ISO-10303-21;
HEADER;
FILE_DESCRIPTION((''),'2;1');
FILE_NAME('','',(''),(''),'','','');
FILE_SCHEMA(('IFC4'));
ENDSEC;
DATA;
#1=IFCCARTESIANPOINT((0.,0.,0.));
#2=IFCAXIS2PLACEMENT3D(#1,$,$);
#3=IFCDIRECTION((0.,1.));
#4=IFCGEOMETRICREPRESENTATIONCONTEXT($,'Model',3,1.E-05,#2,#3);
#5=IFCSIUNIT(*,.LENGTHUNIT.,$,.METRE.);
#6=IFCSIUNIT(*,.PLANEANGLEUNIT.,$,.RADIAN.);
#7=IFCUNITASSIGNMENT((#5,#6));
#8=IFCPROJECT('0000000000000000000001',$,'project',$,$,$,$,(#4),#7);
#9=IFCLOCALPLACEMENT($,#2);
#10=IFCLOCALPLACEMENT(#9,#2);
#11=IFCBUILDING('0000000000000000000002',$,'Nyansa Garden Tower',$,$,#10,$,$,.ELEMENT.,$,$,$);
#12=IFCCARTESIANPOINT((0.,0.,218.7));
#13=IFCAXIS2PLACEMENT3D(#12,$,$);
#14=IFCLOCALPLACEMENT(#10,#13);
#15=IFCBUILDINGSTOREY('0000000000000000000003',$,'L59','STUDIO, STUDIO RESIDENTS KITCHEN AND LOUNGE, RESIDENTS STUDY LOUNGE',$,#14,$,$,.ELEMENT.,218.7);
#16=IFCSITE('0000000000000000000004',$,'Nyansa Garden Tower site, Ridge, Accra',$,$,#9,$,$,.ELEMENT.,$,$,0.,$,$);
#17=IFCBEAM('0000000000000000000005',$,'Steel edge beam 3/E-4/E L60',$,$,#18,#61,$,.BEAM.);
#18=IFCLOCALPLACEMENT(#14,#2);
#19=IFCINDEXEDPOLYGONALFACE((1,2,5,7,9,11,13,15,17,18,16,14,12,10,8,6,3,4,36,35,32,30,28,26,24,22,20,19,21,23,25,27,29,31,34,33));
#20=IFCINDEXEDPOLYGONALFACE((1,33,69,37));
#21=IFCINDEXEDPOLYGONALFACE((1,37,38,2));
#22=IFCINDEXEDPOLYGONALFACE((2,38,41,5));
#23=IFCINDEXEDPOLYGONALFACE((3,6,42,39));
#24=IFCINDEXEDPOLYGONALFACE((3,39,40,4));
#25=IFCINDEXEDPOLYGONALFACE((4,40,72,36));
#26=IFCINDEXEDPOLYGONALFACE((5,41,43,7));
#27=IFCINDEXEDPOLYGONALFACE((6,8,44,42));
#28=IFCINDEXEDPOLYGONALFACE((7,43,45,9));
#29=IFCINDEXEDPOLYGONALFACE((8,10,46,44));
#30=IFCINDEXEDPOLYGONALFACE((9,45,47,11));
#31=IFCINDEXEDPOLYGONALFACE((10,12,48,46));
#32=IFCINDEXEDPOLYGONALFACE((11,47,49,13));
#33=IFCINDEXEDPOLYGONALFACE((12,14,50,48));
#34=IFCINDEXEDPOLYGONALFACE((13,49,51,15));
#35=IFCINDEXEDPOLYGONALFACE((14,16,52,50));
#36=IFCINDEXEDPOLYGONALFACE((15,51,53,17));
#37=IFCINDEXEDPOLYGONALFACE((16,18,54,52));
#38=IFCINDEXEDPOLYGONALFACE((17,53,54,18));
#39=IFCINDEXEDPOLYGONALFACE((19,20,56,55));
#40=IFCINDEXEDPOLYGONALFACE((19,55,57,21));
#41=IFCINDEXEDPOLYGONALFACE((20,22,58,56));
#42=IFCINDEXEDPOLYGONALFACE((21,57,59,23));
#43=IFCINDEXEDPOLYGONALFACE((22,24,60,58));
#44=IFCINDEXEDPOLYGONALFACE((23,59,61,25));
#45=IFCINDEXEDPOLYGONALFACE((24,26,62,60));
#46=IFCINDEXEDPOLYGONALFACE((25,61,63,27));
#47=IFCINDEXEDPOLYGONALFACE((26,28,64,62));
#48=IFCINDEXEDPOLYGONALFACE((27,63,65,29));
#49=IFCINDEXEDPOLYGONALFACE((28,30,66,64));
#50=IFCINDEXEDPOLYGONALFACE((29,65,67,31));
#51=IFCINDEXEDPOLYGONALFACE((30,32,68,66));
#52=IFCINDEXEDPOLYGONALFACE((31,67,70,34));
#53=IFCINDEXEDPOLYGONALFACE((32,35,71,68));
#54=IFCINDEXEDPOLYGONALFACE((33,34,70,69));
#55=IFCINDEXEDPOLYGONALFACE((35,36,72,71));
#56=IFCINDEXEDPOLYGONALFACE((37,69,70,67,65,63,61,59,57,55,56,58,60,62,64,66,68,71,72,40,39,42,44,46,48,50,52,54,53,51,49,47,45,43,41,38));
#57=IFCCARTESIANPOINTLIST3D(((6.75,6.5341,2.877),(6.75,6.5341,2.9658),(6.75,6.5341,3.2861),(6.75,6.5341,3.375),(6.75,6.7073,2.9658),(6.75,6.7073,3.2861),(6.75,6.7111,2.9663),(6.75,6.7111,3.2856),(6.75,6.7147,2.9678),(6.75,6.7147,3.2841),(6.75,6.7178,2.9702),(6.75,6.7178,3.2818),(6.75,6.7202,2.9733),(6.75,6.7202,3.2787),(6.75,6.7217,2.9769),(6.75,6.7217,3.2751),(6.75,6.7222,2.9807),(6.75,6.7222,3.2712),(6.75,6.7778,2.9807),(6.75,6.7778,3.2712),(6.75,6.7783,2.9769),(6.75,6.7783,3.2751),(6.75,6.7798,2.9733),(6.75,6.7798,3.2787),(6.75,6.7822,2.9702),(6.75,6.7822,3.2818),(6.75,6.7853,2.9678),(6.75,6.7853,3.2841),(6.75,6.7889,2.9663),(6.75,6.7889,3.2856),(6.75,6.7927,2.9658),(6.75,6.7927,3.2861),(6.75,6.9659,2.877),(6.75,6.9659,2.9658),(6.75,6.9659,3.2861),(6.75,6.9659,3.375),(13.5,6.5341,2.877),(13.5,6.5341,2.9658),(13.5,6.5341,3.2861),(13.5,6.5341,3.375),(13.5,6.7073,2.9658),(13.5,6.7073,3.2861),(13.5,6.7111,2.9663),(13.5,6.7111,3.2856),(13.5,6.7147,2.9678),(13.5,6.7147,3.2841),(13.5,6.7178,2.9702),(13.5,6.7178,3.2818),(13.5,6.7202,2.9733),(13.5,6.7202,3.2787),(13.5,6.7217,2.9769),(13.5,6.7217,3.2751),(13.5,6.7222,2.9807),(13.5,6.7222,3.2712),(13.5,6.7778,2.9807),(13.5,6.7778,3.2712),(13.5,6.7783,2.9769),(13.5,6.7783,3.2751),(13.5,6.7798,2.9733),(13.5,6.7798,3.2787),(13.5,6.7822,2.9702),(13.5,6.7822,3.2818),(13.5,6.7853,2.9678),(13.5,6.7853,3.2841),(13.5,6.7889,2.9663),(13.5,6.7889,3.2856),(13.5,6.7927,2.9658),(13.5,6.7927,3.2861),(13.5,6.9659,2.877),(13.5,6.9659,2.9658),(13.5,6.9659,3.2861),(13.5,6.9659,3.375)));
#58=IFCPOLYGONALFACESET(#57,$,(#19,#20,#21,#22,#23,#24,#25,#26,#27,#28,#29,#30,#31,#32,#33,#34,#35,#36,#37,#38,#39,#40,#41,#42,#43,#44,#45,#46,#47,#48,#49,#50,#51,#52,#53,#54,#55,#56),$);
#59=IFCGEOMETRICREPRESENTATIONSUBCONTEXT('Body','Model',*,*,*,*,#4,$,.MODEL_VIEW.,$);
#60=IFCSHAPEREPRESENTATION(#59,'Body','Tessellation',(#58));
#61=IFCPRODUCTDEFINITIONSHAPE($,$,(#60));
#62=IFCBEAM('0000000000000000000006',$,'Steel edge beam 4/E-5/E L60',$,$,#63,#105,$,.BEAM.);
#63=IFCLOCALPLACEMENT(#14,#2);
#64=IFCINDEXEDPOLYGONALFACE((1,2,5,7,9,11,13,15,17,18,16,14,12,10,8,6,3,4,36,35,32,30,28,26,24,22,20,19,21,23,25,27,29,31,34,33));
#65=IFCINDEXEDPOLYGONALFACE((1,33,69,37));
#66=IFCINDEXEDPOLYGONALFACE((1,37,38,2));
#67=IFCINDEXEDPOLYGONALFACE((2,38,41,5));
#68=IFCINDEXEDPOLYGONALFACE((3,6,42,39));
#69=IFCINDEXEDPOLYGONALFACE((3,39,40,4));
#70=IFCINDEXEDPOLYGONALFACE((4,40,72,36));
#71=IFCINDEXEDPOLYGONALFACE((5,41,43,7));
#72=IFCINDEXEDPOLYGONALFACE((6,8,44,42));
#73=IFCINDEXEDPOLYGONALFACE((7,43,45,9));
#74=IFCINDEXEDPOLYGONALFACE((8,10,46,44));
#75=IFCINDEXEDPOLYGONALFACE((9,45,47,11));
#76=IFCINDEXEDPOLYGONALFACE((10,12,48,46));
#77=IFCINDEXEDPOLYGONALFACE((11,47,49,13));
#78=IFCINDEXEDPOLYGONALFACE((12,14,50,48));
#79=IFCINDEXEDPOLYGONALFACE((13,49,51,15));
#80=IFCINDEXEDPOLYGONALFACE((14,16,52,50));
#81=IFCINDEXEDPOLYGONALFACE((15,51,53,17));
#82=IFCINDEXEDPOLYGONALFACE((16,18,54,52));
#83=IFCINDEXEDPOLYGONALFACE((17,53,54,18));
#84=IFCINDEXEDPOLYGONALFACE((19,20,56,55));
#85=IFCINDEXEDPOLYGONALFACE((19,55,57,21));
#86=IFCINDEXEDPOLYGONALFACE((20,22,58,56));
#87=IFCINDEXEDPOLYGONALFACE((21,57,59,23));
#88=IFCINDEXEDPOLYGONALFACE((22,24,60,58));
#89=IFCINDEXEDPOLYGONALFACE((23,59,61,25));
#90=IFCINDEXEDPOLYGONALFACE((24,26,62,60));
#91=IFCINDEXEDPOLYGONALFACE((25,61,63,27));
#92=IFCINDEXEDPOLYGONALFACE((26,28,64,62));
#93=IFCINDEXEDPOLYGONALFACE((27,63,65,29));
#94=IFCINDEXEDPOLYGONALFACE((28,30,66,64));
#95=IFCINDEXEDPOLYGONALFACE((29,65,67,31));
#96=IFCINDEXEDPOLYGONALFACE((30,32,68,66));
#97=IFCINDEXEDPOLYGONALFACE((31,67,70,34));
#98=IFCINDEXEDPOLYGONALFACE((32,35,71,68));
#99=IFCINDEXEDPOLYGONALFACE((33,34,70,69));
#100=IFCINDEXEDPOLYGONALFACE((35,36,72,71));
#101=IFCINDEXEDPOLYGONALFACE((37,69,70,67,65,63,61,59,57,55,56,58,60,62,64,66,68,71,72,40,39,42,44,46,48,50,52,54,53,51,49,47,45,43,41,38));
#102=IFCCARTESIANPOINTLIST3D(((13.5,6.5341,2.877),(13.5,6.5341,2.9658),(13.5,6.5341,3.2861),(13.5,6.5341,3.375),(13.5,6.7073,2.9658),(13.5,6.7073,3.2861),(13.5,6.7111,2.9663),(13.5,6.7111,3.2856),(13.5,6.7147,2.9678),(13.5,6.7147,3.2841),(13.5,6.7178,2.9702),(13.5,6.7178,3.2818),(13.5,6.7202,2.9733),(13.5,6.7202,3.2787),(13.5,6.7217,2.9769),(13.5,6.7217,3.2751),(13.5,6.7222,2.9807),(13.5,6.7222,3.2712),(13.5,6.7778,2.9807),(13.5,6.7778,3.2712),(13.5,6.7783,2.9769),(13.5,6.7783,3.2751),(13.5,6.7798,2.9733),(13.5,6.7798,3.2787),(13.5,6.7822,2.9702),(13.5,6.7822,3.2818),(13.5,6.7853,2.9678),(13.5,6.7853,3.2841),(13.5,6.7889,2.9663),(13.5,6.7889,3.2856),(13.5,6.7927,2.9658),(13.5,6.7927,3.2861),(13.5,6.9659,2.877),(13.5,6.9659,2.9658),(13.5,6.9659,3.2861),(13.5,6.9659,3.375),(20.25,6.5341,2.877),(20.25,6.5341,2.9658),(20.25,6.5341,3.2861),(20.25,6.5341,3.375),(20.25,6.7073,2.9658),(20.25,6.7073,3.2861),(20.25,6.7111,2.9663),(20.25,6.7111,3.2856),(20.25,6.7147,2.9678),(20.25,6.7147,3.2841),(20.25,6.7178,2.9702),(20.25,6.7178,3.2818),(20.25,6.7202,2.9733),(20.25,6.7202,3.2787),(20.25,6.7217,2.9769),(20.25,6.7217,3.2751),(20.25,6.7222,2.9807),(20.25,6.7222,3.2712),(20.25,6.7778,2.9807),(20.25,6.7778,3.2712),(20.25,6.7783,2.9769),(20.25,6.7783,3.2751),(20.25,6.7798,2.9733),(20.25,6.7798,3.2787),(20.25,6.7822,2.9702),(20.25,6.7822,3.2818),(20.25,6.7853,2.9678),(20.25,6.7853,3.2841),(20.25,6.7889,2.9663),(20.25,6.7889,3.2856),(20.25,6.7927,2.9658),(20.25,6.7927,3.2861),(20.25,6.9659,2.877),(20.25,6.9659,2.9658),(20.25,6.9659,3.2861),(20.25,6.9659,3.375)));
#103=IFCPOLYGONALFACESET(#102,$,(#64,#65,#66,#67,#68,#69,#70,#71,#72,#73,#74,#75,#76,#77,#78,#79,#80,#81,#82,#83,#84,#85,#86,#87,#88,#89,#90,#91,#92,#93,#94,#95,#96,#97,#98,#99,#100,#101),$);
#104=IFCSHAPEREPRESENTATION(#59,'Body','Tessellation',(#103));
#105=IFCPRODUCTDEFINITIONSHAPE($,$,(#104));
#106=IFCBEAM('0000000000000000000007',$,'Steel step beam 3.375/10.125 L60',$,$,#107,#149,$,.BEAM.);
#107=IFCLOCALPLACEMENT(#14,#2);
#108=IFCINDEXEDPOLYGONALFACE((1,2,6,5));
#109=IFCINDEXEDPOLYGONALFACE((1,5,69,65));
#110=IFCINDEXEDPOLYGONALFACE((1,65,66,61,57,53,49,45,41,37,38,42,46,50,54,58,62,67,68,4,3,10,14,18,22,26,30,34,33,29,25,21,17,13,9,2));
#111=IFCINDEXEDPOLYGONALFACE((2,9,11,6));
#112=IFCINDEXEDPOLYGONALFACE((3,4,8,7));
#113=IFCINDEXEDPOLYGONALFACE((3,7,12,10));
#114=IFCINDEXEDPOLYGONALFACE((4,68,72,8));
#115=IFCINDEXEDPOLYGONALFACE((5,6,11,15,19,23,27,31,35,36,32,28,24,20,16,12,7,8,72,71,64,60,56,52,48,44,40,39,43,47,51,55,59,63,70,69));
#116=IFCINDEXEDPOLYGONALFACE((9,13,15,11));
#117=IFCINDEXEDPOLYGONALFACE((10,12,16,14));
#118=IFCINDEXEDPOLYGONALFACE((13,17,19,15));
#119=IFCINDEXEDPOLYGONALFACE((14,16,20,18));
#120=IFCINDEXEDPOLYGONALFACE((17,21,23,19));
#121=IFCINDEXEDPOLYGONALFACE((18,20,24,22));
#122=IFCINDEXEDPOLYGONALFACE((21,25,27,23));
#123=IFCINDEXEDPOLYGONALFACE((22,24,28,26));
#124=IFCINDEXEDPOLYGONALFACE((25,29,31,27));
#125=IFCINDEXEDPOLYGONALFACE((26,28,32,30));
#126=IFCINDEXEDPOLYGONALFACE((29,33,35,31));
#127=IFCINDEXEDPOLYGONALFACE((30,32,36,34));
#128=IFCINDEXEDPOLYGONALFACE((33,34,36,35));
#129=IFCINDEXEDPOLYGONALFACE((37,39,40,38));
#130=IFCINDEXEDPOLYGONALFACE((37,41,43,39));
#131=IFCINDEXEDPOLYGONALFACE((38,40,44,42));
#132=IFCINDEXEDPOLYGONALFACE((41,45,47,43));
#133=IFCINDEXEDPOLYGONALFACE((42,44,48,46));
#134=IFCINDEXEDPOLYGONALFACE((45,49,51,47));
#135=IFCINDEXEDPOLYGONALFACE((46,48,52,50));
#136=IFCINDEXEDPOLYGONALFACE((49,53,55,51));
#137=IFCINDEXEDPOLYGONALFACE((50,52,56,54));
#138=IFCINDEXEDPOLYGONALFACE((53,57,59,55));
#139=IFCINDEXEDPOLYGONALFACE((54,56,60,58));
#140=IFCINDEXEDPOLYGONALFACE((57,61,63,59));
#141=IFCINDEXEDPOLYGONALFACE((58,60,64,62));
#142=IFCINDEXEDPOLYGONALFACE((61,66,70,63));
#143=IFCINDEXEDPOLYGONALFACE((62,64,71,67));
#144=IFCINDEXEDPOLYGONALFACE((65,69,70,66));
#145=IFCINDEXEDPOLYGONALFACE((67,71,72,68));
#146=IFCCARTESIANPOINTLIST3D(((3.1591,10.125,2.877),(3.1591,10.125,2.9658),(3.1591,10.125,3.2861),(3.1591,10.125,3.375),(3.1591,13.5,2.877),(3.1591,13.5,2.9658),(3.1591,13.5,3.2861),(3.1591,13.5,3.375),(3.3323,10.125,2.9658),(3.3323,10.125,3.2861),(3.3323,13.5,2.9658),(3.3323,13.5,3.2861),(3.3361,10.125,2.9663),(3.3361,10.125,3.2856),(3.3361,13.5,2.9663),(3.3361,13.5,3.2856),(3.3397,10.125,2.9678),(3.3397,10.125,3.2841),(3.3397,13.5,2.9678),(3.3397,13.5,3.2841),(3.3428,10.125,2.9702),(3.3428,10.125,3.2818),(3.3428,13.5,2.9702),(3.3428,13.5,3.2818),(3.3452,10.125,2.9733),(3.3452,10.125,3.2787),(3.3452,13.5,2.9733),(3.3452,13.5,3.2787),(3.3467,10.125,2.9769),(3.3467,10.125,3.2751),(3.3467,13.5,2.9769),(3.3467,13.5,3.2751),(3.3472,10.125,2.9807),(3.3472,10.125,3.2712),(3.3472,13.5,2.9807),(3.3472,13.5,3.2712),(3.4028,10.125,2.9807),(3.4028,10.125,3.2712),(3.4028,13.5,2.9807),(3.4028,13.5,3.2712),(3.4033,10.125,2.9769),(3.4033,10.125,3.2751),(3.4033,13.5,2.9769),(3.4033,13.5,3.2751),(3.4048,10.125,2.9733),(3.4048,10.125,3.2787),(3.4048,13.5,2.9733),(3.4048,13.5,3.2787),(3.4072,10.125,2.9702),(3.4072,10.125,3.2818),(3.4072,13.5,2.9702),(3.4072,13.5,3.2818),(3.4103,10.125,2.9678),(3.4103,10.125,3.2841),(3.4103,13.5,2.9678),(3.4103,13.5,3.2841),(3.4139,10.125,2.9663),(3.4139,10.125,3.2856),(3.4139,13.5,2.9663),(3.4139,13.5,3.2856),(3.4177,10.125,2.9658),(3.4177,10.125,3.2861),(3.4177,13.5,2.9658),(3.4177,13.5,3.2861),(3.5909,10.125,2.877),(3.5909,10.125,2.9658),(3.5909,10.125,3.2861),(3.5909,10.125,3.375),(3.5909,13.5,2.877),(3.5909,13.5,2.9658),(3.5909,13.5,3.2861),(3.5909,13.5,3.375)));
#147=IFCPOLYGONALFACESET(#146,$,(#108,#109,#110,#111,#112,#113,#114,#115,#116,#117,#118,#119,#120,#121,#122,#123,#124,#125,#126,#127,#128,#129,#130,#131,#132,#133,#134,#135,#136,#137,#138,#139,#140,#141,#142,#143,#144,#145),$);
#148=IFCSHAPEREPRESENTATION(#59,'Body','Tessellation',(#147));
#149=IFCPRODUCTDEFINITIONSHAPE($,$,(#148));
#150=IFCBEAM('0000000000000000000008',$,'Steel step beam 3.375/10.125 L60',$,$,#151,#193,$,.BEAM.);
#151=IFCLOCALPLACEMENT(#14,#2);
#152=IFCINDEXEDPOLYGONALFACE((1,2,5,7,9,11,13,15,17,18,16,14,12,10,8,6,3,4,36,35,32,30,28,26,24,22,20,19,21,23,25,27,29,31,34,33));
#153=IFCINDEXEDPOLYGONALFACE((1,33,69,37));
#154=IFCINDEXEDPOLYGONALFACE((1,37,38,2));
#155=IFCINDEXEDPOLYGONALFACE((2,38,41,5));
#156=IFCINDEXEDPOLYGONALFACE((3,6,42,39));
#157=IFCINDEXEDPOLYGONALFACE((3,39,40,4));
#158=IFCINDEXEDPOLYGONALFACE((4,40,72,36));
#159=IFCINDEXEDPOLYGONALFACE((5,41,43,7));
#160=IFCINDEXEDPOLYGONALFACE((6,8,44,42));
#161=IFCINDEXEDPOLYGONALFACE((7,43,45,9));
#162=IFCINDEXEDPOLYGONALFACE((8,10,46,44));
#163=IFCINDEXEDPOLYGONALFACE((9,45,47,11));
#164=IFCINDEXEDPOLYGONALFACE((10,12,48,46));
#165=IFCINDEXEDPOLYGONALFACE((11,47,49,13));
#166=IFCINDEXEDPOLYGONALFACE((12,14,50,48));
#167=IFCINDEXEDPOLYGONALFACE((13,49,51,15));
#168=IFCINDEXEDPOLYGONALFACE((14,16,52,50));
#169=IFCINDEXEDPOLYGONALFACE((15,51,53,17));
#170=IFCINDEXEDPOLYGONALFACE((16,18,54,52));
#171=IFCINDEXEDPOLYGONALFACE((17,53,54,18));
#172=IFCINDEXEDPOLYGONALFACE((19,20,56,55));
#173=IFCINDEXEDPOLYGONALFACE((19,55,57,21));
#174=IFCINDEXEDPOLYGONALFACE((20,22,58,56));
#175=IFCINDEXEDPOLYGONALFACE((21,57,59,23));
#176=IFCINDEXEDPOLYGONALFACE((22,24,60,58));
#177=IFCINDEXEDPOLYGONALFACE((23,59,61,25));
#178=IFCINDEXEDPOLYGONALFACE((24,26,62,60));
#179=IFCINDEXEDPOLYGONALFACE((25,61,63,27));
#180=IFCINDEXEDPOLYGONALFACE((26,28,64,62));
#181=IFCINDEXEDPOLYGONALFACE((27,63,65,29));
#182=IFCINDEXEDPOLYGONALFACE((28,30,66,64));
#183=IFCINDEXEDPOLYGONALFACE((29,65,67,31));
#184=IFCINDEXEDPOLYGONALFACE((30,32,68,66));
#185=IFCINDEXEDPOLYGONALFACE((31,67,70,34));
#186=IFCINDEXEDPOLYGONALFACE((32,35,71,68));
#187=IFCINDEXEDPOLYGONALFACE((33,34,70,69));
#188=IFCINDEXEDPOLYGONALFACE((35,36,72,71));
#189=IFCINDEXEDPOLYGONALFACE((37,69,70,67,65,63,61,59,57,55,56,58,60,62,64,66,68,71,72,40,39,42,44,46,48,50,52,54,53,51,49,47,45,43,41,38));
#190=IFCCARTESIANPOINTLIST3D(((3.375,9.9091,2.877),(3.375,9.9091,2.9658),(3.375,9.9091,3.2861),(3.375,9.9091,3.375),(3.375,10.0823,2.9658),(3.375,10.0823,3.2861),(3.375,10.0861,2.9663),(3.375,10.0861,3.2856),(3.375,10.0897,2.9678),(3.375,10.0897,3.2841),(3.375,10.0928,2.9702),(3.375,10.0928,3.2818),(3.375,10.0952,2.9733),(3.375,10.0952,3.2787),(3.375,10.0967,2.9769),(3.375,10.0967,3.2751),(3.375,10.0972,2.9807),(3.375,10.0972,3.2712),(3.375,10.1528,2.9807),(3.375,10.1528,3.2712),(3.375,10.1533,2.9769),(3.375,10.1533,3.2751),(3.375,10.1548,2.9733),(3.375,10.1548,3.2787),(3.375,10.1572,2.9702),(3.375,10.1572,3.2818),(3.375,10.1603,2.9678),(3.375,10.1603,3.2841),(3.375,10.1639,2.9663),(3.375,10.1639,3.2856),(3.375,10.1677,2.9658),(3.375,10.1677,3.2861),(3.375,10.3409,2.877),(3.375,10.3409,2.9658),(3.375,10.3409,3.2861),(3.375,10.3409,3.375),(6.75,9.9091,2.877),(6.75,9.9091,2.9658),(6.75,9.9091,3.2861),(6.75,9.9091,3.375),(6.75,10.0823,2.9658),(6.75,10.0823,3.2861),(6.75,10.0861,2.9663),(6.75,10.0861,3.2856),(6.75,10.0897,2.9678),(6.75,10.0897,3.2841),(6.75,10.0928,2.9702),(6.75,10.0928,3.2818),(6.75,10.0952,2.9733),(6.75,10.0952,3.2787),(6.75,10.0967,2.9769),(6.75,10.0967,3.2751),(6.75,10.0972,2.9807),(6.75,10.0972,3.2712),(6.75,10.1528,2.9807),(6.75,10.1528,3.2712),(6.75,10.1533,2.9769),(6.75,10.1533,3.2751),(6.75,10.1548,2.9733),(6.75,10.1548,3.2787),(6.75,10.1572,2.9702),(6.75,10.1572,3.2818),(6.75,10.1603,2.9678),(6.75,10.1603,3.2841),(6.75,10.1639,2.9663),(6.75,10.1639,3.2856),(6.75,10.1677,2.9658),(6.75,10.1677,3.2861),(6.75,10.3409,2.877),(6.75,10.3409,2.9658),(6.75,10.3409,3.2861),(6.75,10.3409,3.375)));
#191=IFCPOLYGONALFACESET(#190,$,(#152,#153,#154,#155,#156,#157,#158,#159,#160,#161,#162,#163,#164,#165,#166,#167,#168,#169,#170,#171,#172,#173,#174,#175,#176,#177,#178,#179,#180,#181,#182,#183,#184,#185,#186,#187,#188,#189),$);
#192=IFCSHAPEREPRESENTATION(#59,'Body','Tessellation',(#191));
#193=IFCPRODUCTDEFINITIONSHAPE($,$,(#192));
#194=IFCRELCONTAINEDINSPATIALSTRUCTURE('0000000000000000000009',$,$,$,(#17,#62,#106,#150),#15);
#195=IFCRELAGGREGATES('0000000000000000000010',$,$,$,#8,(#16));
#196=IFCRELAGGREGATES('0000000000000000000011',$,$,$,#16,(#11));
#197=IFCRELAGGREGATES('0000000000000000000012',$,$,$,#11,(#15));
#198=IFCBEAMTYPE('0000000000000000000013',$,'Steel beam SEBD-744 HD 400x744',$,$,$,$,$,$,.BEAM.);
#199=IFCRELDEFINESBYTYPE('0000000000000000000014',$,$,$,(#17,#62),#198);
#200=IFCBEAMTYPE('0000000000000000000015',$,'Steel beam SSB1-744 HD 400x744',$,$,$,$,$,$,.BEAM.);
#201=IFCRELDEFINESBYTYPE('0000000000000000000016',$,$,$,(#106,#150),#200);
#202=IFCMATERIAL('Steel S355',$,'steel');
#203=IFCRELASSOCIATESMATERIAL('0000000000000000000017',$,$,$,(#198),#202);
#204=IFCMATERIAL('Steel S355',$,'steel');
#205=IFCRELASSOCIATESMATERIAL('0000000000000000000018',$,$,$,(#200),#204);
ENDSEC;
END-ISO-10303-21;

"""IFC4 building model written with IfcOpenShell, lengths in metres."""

from ifc_helpers import new_model, si_unit, direction, frame, origin, origin_2d, place, context, subcontext, project, spatial, i_section, extrude, material, material_profile, profile_set, type_object, element, save


model = new_model("IFC4")

# Units and contexts
model_context = context("Model", 3, precision=1e-05, world=origin(), true_north=direction((0.0, 1.0)))
body_context = subcontext(model_context, "Body", "Model", "MODEL_VIEW")
ifc_project = project(units=[si_unit("LENGTHUNIT", "METRE"), si_unit("PLANEANGLEUNIT", "RADIAN")], contexts=[model_context])

# Site, building, storey
site_placement = place(None, origin())
site = spatial("IfcSite", under=ifc_project, at=site_placement, Name="Nyansa Garden Tower site, Ridge, Accra", CompositionType="ELEMENT", RefElevation=0.0)
building_placement = place(site_placement, origin())
building = spatial("IfcBuilding", under=site, at=building_placement, Name="Nyansa Garden Tower", CompositionType="ELEMENT")
storey_placement = place(building_placement, frame((0.0, 0.0, 218.7)))
storey = spatial("IfcBuildingStorey", under=building, at=storey_placement, Name="L59", Description="STUDIO, STUDIO RESIDENTS KITCHEN AND LOUNGE, RESIDENTS STUDY LOUNGE", CompositionType="ELEMENT", Elevation=218.7)

# Beams
ifc_material_1 = material(Name="Steel S355", Category="steel")
ifc_material_profile_1 = material_profile(ifc_material_1, i_section(OverallWidth=0.4319, OverallDepth=0.498, WebThickness=0.0557, FlangeThickness=0.0889, FilletRadius=0.0149, at=origin_2d()), Name="HD 400x744")
ifc_profile_set_1 = profile_set([ifc_material_profile_1], Name="Steel S355")
beam_type_1 = type_object("IfcBeamType", Name="Steel beam SEBD-744 HD 400x744", PredefinedType="BEAM", material=ifc_profile_set_1)
for number, where, z_axis, x_axis, name in (
    (1, (6.75, 6.75, 3.126), (1.0, 0.0, 0.0), (0.0, 1.0, 0.0), "Steel edge beam 3/E-4/E L60"),
    (2, (13.5, 6.75, 3.126), (1.0, 0.0, 0.0), (0.0, 1.0, 0.0), "Steel edge beam 4/E-5/E L60"),
):
    element("IfcBeam", number, at=place(storey_placement, frame(where, z_axis=z_axis, x_axis=x_axis)), inside=storey, type_object=beam_type_1, Name=name, PredefinedType="BEAM", context=body_context, shape_type="SweptSolid", body=[
        extrude(i_section(OverallWidth=0.4319, OverallDepth=0.498, WebThickness=0.0557, FlangeThickness=0.0889, FilletRadius=0.0149, at=origin_2d()), origin(), (0.0, 0.0, 1.0), 6.75),
    ])
ifc_material_2 = material(Name="Steel S355", Category="steel")
ifc_material_profile_2 = material_profile(ifc_material_2, i_section(OverallWidth=0.4319, OverallDepth=0.498, WebThickness=0.0557, FlangeThickness=0.0889, FilletRadius=0.0149, at=origin_2d()), Name="HD 400x744")
ifc_profile_set_2 = profile_set([ifc_material_profile_2], Name="Steel S355")
beam_type_2 = type_object("IfcBeamType", Name="Steel beam SSB1-744 HD 400x744", PredefinedType="BEAM", material=ifc_profile_set_2)
for number, where, z_axis, x_axis, name in (
    (3, (3.375, 10.125, 3.126), (0.0, 1.0, 0.0), (-1.0, 0.0, 0.0), "Steel step beam 3.375/10.125 L60"),
    (4, (3.375, 10.125, 3.126), (1.0, 0.0, 0.0), (0.0, 1.0, 0.0), "Steel step beam 3.375/10.125 L60"),
):
    element("IfcBeam", number, at=place(storey_placement, frame(where, z_axis=z_axis, x_axis=x_axis)), inside=storey, type_object=beam_type_2, Name=name, PredefinedType="BEAM", context=body_context, shape_type="SweptSolid", body=[
        extrude(i_section(OverallWidth=0.4319, OverallDepth=0.498, WebThickness=0.0557, FlangeThickness=0.0889, FilletRadius=0.0149, at=origin_2d()), origin(), (0.0, 0.0, 1.0), 3.375),
    ])

save(model, "model.ifc")
